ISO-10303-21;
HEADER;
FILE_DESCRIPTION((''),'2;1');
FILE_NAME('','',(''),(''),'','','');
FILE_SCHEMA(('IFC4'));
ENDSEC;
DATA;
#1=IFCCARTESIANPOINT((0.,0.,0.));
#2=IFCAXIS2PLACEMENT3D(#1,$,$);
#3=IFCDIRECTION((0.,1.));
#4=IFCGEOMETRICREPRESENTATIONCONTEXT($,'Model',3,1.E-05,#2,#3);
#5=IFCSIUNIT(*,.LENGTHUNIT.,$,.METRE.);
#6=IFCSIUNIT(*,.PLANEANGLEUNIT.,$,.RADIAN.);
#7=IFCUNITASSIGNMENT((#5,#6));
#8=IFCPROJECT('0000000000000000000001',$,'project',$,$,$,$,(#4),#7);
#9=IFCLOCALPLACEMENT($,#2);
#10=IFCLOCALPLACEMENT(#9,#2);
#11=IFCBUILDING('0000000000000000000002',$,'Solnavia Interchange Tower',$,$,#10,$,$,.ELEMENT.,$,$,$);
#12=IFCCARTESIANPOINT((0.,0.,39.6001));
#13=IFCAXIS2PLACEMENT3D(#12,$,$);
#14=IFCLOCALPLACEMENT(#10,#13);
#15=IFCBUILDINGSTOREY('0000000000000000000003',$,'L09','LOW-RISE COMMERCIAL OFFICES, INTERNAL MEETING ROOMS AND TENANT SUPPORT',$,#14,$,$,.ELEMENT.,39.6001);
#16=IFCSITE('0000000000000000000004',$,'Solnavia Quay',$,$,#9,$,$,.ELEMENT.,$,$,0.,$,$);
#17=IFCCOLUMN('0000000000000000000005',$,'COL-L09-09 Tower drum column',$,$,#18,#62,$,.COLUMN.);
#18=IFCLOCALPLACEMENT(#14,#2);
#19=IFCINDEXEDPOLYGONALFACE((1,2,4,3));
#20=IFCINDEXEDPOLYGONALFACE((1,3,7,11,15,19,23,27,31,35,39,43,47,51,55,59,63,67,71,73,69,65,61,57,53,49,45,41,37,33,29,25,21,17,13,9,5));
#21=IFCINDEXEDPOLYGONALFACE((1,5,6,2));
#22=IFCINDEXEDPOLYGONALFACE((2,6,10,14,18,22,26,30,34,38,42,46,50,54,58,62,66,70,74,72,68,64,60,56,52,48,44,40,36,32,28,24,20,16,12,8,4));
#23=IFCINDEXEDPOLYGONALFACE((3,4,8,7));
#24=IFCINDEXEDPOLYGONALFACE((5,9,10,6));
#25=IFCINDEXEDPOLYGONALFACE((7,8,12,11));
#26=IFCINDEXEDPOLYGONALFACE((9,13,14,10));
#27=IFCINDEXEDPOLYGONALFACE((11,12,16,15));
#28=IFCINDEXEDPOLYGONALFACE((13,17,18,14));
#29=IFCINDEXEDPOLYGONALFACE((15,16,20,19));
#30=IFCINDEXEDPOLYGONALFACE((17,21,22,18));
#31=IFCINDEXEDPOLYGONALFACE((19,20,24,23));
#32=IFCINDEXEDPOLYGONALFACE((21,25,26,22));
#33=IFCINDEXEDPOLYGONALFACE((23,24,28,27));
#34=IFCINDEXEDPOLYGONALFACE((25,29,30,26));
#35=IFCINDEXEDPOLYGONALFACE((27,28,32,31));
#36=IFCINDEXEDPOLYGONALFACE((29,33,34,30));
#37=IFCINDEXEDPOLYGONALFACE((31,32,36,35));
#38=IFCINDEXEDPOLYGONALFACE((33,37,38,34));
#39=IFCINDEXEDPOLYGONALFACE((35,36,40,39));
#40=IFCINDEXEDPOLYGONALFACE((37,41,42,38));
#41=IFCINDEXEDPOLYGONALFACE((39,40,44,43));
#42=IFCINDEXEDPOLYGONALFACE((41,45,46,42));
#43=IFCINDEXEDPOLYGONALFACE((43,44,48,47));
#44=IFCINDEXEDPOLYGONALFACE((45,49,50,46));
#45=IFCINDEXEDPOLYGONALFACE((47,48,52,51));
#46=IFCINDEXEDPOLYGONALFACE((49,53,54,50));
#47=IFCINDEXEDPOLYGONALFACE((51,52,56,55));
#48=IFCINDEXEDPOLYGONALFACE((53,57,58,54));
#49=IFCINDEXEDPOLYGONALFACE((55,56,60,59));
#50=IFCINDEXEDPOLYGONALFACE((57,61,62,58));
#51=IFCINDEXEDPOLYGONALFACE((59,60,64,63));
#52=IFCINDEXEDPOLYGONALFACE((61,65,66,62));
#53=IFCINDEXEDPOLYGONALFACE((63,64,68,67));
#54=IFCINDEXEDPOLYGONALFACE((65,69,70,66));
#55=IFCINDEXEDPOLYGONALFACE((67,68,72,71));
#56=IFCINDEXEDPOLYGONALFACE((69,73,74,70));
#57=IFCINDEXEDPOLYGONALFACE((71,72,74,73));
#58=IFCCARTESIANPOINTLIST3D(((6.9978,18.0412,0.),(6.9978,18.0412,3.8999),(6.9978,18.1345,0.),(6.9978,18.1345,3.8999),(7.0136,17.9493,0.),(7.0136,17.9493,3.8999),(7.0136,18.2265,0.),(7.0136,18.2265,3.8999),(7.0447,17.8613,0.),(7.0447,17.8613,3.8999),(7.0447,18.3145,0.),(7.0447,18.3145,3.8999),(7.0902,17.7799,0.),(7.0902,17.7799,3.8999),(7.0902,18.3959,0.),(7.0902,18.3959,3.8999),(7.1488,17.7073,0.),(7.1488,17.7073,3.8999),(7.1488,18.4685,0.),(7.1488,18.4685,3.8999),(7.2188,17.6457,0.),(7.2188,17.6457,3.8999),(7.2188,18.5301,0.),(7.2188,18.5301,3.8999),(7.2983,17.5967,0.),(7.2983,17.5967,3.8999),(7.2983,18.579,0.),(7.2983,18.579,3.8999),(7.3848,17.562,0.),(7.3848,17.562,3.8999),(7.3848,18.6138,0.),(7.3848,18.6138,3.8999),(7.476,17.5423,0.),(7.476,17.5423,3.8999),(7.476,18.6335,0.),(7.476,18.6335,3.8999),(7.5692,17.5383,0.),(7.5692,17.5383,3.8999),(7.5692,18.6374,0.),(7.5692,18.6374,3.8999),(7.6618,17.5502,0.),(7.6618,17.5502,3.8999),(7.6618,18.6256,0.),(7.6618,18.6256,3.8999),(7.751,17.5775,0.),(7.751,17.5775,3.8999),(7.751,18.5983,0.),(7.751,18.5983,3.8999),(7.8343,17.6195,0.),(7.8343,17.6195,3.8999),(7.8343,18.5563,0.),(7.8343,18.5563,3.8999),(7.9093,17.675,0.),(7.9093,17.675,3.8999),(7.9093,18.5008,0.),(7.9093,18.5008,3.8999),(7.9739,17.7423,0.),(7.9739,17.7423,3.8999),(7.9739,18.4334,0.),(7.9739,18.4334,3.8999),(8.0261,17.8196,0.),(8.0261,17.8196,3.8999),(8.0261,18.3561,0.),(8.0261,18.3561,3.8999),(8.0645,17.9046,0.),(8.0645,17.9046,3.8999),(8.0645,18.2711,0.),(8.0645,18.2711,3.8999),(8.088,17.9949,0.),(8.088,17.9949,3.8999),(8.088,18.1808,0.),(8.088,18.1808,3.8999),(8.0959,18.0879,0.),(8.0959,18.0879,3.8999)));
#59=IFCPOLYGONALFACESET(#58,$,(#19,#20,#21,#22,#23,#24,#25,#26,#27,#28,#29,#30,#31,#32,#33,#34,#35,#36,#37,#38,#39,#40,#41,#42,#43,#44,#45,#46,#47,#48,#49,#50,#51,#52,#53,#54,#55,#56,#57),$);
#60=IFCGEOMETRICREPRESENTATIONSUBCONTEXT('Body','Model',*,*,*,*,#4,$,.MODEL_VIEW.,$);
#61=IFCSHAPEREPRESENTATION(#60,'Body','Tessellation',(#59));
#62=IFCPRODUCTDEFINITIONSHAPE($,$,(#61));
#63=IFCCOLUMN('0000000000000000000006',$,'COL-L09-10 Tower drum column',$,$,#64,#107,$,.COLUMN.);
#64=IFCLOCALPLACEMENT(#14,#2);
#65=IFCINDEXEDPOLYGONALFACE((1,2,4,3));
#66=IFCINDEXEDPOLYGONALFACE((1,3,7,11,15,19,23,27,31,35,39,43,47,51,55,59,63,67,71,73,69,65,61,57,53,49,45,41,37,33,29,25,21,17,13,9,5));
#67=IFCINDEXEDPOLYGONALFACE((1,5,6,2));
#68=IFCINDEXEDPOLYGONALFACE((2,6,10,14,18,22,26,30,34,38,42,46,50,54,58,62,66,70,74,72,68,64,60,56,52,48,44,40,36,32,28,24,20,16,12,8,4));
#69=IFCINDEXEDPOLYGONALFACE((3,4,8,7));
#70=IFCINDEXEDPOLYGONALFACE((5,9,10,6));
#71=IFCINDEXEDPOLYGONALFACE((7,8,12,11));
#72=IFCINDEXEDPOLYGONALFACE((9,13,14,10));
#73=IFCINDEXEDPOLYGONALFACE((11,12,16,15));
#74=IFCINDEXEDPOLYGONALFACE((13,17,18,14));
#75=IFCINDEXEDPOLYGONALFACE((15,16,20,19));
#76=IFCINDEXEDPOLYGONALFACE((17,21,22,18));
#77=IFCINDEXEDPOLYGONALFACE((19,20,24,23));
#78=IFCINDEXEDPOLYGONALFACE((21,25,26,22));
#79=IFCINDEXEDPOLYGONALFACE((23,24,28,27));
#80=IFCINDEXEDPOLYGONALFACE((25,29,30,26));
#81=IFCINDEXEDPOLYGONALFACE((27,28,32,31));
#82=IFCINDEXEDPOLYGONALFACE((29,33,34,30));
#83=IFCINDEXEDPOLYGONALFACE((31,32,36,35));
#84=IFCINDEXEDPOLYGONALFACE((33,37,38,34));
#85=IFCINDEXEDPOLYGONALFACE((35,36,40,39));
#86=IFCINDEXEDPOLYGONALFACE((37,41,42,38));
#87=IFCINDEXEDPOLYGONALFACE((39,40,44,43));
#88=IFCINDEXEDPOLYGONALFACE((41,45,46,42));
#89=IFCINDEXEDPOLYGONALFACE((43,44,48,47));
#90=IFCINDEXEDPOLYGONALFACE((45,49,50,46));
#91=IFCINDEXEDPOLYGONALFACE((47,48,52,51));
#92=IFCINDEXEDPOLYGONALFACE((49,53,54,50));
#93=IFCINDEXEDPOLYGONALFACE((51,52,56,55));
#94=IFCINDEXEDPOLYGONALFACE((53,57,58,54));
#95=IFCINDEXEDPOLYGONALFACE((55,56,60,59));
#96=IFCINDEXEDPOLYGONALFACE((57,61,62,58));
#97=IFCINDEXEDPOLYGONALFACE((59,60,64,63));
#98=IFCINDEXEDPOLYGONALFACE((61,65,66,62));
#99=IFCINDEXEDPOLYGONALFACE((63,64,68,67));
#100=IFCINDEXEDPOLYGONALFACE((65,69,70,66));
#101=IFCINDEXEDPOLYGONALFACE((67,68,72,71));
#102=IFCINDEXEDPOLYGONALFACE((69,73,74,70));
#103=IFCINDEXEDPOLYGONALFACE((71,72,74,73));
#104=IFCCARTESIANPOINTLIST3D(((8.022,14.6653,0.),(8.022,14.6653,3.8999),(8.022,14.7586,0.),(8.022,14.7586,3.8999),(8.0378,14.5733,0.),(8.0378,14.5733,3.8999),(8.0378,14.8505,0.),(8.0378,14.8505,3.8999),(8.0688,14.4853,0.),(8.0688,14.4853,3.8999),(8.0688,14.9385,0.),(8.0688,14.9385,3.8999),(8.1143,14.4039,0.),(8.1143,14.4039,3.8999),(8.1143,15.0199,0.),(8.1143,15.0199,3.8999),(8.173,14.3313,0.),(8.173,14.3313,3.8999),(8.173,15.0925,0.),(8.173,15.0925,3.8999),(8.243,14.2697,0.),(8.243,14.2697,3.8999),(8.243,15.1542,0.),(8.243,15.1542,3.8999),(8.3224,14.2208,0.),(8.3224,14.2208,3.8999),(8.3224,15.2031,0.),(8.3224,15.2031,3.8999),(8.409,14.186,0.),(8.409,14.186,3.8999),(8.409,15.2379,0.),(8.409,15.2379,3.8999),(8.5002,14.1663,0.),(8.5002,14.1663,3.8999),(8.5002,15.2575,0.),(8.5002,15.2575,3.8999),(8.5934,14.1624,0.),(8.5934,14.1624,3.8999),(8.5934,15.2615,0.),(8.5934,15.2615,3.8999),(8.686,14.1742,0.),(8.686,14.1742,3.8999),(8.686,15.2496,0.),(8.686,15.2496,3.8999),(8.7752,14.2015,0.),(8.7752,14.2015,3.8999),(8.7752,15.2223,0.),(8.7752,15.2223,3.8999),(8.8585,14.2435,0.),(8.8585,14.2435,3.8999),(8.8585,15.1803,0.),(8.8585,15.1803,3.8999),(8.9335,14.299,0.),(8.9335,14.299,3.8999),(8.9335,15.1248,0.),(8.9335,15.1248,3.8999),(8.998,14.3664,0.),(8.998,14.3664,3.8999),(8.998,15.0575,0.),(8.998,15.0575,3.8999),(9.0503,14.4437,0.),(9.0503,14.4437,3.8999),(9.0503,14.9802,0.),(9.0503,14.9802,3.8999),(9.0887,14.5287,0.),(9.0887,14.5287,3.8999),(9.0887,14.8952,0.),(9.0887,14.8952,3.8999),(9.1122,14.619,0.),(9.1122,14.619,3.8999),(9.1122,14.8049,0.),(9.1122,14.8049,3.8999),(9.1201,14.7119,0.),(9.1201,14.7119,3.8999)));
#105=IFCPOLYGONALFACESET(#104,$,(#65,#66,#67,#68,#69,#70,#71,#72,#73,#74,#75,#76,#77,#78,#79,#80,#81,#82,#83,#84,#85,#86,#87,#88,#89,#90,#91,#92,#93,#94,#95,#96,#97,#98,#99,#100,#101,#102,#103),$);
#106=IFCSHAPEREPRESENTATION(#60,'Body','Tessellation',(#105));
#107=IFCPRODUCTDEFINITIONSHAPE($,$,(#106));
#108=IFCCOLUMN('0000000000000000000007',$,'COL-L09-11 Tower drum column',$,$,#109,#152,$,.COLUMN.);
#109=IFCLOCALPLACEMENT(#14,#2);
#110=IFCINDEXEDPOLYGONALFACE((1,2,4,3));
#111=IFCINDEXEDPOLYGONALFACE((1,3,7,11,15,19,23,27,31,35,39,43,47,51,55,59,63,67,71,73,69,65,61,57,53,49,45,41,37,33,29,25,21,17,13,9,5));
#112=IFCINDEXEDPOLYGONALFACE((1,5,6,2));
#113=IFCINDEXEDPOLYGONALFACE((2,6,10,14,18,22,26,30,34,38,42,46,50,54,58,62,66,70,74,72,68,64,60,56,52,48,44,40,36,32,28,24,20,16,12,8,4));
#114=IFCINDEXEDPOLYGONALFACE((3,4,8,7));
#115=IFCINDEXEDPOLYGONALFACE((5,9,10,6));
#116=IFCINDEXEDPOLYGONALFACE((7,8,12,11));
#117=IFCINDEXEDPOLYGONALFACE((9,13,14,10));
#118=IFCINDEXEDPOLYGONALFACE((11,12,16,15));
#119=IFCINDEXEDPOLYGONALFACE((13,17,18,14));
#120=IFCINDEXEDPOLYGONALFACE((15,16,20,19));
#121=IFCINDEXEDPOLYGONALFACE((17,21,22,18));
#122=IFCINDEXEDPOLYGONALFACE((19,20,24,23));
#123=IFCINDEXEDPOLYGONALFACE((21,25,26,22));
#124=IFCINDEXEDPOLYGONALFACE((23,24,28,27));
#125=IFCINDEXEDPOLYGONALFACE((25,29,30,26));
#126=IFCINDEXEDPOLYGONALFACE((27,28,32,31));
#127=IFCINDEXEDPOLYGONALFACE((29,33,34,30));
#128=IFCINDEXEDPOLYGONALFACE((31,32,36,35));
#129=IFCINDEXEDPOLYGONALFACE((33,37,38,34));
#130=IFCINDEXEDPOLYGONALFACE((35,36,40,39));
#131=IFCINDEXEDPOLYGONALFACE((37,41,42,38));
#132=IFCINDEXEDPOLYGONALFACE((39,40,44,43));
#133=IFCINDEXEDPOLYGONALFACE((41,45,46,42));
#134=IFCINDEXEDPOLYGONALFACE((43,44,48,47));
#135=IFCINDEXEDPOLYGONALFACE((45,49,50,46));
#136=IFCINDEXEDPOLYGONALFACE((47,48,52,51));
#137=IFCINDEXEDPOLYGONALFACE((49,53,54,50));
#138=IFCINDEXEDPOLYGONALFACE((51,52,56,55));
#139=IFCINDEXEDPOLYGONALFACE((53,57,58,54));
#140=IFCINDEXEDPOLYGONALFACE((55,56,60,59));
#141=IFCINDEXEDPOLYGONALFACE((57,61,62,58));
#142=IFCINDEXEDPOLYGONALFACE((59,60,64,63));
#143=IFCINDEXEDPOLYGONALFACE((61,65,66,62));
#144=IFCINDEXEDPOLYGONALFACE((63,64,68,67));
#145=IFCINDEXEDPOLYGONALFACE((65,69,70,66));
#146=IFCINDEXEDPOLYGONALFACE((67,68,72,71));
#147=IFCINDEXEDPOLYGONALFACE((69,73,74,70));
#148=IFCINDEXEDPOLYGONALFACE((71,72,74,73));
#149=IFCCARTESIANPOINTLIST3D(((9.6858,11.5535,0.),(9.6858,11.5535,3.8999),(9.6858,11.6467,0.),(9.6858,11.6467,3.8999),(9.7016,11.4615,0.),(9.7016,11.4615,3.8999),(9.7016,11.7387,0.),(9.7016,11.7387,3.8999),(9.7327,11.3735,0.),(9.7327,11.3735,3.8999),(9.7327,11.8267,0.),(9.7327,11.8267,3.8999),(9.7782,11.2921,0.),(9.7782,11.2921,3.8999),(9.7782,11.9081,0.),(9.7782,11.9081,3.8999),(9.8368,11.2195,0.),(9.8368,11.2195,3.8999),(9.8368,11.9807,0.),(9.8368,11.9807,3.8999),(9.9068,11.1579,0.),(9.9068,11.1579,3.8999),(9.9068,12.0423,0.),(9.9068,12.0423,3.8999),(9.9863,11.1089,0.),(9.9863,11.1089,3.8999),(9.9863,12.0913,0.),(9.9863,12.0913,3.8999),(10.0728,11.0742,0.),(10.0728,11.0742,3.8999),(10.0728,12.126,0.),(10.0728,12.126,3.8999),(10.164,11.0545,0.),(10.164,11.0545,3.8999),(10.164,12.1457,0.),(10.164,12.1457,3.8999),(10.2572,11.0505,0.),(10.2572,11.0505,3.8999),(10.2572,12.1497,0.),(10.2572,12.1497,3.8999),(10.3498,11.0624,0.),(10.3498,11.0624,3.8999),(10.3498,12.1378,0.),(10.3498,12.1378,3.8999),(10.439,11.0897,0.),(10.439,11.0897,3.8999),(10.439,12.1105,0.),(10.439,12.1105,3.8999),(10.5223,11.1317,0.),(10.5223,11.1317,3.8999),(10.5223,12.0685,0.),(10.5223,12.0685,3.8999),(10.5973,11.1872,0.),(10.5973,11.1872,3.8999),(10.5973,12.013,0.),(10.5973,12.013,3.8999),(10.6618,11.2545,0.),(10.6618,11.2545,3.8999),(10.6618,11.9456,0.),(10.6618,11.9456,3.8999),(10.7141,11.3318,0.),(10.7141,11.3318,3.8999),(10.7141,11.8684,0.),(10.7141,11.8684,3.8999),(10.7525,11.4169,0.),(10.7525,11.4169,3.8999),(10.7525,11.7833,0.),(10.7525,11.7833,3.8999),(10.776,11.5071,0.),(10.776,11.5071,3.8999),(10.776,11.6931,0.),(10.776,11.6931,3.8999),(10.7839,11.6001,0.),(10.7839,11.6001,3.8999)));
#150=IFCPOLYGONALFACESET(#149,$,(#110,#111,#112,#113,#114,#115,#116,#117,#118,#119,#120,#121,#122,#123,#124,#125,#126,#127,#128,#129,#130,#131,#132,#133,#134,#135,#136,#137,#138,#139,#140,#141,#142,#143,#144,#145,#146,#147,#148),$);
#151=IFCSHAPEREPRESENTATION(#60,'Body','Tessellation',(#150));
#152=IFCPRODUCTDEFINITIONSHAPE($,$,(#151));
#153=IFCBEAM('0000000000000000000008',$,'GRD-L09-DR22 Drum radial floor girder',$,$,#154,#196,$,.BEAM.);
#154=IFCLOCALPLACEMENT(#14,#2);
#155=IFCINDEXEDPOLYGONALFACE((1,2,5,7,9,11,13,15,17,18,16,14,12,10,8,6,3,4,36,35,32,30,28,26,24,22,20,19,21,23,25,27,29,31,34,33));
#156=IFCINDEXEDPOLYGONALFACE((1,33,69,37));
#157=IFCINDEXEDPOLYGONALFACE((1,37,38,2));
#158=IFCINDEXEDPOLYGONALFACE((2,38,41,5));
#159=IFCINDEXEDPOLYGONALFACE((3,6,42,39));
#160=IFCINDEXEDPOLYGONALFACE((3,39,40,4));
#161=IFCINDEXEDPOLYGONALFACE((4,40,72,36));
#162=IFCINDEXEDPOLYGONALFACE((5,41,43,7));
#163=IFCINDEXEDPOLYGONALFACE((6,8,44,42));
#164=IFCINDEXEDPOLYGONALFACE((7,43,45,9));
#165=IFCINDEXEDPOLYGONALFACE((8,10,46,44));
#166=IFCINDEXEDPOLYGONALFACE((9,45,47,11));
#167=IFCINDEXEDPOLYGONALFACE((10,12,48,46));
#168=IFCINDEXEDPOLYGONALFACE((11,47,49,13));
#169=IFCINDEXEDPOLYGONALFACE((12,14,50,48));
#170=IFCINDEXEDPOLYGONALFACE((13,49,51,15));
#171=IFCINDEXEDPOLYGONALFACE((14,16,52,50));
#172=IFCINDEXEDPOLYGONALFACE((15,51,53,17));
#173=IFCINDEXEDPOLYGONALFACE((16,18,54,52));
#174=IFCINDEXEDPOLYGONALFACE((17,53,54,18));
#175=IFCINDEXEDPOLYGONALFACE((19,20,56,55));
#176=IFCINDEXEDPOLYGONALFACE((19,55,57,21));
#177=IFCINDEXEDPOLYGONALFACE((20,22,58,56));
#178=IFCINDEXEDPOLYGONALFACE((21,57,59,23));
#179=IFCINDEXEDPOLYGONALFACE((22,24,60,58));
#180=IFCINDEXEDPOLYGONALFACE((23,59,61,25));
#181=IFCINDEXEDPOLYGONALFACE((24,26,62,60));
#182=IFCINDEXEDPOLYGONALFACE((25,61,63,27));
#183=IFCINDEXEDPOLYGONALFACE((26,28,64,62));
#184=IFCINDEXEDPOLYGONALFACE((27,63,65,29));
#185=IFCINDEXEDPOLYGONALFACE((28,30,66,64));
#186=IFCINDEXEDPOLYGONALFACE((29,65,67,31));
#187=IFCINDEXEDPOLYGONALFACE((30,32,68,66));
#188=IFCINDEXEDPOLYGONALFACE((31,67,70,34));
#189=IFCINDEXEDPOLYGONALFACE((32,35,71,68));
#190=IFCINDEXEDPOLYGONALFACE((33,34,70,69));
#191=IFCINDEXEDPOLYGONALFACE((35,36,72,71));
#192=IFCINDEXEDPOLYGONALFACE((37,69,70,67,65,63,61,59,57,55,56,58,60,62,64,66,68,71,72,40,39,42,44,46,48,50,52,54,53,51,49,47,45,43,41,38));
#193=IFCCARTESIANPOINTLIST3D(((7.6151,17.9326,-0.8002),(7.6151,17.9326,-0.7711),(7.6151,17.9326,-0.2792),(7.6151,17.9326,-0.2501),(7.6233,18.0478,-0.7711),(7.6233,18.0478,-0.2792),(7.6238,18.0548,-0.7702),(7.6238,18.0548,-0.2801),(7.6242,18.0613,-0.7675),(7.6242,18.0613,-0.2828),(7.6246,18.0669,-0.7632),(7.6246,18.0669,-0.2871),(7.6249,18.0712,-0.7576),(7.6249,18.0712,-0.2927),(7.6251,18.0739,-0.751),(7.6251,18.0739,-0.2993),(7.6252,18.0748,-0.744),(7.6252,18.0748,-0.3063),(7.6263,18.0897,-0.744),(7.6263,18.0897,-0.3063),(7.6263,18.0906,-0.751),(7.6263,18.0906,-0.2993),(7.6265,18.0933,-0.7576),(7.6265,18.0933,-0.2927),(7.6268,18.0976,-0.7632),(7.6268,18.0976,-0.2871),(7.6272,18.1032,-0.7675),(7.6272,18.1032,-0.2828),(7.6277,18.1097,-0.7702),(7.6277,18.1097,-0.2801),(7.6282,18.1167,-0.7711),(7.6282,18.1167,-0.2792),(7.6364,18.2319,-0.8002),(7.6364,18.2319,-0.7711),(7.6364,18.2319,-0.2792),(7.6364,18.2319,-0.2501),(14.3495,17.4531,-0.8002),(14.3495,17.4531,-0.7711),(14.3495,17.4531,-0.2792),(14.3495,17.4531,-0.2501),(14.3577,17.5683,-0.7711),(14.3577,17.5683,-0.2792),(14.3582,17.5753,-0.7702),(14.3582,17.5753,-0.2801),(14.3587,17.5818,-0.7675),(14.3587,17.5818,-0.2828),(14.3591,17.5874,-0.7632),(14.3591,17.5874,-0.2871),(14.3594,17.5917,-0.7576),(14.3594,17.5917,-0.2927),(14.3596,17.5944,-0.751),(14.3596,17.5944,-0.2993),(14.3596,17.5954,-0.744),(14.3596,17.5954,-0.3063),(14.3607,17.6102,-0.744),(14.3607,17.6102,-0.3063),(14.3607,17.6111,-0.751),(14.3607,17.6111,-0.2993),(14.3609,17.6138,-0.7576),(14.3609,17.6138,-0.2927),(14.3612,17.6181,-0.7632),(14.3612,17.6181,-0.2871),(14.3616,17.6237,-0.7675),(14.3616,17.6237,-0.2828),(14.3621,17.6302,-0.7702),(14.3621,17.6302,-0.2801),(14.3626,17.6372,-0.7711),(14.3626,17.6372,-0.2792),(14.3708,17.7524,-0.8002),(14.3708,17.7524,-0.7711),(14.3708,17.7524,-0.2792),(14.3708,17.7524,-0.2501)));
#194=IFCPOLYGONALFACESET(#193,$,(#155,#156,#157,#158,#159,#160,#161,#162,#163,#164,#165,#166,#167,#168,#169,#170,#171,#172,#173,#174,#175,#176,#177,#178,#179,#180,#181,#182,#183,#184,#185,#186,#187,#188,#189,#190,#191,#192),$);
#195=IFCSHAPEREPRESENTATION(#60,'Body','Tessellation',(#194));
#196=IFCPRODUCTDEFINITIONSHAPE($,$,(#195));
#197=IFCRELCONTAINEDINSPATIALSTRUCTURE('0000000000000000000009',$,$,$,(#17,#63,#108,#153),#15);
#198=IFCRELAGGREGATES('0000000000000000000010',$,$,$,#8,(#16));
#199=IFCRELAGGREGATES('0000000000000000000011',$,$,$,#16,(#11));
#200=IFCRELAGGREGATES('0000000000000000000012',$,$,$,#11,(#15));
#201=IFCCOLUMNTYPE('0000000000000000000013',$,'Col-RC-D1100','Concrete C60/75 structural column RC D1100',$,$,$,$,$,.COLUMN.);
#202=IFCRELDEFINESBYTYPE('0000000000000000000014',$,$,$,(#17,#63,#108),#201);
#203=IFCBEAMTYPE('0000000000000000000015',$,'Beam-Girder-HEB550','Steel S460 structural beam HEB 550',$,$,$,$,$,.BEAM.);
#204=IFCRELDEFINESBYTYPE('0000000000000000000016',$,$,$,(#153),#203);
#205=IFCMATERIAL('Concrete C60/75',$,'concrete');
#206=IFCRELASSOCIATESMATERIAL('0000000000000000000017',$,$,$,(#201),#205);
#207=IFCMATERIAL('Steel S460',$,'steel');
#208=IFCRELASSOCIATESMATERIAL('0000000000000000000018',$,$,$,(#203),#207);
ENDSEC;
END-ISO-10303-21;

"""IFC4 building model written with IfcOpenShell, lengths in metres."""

from ifc_helpers import new_model, si_unit, direction, frame, origin, origin_2d, place, context, subcontext, project, spatial, circle, i_section, extrude, material, material_profile, profile_set, type_object, element, save


model = new_model("IFC4")

# Units and contexts
model_context = context("Model", 3, precision=1e-05, world=origin(), true_north=direction((0.0, 1.0)))
body_context = subcontext(model_context, "Body", "Model", "MODEL_VIEW")
ifc_project = project(units=[si_unit("LENGTHUNIT", "METRE"), si_unit("PLANEANGLEUNIT", "RADIAN")], contexts=[model_context])

# Site, building, storey
site_placement = place(None, origin())
site = spatial("IfcSite", under=ifc_project, at=site_placement, Name="Solnavia Quay", CompositionType="ELEMENT", RefElevation=0.0)
building_placement = place(site_placement, origin())
building = spatial("IfcBuilding", under=site, at=building_placement, Name="Solnavia Interchange Tower", CompositionType="ELEMENT")
storey_placement = place(building_placement, frame((0.0, 0.0, 39.6001)))
storey = spatial("IfcBuildingStorey", under=building, at=storey_placement, Name="L09", Description="LOW-RISE COMMERCIAL OFFICES, INTERNAL MEETING ROOMS AND TENANT SUPPORT", CompositionType="ELEMENT", Elevation=39.6001)

# Columns
ifc_material_1 = material(Name="Concrete C60/75", Category="concrete")
ifc_material_profile_1 = material_profile(ifc_material_1, circle(Radius=0.55, at=origin_2d()), Name="RC D1100")
ifc_profile_set_1 = profile_set([ifc_material_profile_1], Name="Concrete C60/75")
column_type = type_object("IfcColumnType", Name="Col-RC-D1100", Description="Concrete C60/75 structural column RC D1100", PredefinedType="COLUMN", material=ifc_profile_set_1)
for number, where, z_axis, x_axis, name in (
    (1, (7.5459, 18.0879, 0.0), (0.0, 0.0, 1.0), (1.0, 0.0, 0.0), "COL-L09-09 Tower drum column"),
    (2, (8.5701, 14.7119, 0.0), (0.0, 0.0, 1.0), (1.0, 0.0, 0.0), "COL-L09-10 Tower drum column"),
    (3, (10.2339, 11.6001, 0.0), (0.0, 0.0, 1.0), (1.0, 0.0, 0.0), "COL-L09-11 Tower drum column"),
):
    element("IfcColumn", number, at=place(storey_placement, frame(where, z_axis=z_axis, x_axis=x_axis)), inside=storey, type_object=column_type, Name=name, PredefinedType="COLUMN", context=body_context, shape_type="SweptSolid", body=[
        extrude(circle(Radius=0.55, at=origin_2d()), origin(), (0.0, 0.0, 1.0), 3.8999),
    ])

# Beam
ifc_material_2 = material(Name="Steel S460", Category="steel")
ifc_material_profile_2 = material_profile(ifc_material_2, i_section(OverallWidth=0.3, OverallDepth=0.55, WebThickness=0.0149, FlangeThickness=0.0291, FilletRadius=0.0271, at=origin_2d()), Name="HEB 550")
ifc_profile_set_2 = profile_set([ifc_material_profile_2], Name="Steel S460")
beam_type_1 = type_object("IfcBeamType", Name="Beam-Girder-HEB550", Description="Steel S460 structural beam HEB 550", PredefinedType="BEAM", material=ifc_profile_set_2)
beam_1_placement = place(storey_placement, frame((7.6257, 18.0823, -0.5251), z_axis=(0.997475, -0.071021, 0.0), x_axis=(0.071021, 0.997475, 0.0)))
element("IfcBeam", 4, at=beam_1_placement, inside=storey, type_object=beam_type_1, Name="GRD-L09-DR22 Drum radial floor girder", PredefinedType="BEAM", context=body_context, shape_type="SweptSolid", body=[
    extrude(i_section(OverallWidth=0.3, OverallDepth=0.55, WebThickness=0.0149, FlangeThickness=0.0291, FilletRadius=0.0271, at=origin_2d()), origin(), (0.0, 0.0, 1.0), 6.7515),
])

save(model, "model.ifc")
